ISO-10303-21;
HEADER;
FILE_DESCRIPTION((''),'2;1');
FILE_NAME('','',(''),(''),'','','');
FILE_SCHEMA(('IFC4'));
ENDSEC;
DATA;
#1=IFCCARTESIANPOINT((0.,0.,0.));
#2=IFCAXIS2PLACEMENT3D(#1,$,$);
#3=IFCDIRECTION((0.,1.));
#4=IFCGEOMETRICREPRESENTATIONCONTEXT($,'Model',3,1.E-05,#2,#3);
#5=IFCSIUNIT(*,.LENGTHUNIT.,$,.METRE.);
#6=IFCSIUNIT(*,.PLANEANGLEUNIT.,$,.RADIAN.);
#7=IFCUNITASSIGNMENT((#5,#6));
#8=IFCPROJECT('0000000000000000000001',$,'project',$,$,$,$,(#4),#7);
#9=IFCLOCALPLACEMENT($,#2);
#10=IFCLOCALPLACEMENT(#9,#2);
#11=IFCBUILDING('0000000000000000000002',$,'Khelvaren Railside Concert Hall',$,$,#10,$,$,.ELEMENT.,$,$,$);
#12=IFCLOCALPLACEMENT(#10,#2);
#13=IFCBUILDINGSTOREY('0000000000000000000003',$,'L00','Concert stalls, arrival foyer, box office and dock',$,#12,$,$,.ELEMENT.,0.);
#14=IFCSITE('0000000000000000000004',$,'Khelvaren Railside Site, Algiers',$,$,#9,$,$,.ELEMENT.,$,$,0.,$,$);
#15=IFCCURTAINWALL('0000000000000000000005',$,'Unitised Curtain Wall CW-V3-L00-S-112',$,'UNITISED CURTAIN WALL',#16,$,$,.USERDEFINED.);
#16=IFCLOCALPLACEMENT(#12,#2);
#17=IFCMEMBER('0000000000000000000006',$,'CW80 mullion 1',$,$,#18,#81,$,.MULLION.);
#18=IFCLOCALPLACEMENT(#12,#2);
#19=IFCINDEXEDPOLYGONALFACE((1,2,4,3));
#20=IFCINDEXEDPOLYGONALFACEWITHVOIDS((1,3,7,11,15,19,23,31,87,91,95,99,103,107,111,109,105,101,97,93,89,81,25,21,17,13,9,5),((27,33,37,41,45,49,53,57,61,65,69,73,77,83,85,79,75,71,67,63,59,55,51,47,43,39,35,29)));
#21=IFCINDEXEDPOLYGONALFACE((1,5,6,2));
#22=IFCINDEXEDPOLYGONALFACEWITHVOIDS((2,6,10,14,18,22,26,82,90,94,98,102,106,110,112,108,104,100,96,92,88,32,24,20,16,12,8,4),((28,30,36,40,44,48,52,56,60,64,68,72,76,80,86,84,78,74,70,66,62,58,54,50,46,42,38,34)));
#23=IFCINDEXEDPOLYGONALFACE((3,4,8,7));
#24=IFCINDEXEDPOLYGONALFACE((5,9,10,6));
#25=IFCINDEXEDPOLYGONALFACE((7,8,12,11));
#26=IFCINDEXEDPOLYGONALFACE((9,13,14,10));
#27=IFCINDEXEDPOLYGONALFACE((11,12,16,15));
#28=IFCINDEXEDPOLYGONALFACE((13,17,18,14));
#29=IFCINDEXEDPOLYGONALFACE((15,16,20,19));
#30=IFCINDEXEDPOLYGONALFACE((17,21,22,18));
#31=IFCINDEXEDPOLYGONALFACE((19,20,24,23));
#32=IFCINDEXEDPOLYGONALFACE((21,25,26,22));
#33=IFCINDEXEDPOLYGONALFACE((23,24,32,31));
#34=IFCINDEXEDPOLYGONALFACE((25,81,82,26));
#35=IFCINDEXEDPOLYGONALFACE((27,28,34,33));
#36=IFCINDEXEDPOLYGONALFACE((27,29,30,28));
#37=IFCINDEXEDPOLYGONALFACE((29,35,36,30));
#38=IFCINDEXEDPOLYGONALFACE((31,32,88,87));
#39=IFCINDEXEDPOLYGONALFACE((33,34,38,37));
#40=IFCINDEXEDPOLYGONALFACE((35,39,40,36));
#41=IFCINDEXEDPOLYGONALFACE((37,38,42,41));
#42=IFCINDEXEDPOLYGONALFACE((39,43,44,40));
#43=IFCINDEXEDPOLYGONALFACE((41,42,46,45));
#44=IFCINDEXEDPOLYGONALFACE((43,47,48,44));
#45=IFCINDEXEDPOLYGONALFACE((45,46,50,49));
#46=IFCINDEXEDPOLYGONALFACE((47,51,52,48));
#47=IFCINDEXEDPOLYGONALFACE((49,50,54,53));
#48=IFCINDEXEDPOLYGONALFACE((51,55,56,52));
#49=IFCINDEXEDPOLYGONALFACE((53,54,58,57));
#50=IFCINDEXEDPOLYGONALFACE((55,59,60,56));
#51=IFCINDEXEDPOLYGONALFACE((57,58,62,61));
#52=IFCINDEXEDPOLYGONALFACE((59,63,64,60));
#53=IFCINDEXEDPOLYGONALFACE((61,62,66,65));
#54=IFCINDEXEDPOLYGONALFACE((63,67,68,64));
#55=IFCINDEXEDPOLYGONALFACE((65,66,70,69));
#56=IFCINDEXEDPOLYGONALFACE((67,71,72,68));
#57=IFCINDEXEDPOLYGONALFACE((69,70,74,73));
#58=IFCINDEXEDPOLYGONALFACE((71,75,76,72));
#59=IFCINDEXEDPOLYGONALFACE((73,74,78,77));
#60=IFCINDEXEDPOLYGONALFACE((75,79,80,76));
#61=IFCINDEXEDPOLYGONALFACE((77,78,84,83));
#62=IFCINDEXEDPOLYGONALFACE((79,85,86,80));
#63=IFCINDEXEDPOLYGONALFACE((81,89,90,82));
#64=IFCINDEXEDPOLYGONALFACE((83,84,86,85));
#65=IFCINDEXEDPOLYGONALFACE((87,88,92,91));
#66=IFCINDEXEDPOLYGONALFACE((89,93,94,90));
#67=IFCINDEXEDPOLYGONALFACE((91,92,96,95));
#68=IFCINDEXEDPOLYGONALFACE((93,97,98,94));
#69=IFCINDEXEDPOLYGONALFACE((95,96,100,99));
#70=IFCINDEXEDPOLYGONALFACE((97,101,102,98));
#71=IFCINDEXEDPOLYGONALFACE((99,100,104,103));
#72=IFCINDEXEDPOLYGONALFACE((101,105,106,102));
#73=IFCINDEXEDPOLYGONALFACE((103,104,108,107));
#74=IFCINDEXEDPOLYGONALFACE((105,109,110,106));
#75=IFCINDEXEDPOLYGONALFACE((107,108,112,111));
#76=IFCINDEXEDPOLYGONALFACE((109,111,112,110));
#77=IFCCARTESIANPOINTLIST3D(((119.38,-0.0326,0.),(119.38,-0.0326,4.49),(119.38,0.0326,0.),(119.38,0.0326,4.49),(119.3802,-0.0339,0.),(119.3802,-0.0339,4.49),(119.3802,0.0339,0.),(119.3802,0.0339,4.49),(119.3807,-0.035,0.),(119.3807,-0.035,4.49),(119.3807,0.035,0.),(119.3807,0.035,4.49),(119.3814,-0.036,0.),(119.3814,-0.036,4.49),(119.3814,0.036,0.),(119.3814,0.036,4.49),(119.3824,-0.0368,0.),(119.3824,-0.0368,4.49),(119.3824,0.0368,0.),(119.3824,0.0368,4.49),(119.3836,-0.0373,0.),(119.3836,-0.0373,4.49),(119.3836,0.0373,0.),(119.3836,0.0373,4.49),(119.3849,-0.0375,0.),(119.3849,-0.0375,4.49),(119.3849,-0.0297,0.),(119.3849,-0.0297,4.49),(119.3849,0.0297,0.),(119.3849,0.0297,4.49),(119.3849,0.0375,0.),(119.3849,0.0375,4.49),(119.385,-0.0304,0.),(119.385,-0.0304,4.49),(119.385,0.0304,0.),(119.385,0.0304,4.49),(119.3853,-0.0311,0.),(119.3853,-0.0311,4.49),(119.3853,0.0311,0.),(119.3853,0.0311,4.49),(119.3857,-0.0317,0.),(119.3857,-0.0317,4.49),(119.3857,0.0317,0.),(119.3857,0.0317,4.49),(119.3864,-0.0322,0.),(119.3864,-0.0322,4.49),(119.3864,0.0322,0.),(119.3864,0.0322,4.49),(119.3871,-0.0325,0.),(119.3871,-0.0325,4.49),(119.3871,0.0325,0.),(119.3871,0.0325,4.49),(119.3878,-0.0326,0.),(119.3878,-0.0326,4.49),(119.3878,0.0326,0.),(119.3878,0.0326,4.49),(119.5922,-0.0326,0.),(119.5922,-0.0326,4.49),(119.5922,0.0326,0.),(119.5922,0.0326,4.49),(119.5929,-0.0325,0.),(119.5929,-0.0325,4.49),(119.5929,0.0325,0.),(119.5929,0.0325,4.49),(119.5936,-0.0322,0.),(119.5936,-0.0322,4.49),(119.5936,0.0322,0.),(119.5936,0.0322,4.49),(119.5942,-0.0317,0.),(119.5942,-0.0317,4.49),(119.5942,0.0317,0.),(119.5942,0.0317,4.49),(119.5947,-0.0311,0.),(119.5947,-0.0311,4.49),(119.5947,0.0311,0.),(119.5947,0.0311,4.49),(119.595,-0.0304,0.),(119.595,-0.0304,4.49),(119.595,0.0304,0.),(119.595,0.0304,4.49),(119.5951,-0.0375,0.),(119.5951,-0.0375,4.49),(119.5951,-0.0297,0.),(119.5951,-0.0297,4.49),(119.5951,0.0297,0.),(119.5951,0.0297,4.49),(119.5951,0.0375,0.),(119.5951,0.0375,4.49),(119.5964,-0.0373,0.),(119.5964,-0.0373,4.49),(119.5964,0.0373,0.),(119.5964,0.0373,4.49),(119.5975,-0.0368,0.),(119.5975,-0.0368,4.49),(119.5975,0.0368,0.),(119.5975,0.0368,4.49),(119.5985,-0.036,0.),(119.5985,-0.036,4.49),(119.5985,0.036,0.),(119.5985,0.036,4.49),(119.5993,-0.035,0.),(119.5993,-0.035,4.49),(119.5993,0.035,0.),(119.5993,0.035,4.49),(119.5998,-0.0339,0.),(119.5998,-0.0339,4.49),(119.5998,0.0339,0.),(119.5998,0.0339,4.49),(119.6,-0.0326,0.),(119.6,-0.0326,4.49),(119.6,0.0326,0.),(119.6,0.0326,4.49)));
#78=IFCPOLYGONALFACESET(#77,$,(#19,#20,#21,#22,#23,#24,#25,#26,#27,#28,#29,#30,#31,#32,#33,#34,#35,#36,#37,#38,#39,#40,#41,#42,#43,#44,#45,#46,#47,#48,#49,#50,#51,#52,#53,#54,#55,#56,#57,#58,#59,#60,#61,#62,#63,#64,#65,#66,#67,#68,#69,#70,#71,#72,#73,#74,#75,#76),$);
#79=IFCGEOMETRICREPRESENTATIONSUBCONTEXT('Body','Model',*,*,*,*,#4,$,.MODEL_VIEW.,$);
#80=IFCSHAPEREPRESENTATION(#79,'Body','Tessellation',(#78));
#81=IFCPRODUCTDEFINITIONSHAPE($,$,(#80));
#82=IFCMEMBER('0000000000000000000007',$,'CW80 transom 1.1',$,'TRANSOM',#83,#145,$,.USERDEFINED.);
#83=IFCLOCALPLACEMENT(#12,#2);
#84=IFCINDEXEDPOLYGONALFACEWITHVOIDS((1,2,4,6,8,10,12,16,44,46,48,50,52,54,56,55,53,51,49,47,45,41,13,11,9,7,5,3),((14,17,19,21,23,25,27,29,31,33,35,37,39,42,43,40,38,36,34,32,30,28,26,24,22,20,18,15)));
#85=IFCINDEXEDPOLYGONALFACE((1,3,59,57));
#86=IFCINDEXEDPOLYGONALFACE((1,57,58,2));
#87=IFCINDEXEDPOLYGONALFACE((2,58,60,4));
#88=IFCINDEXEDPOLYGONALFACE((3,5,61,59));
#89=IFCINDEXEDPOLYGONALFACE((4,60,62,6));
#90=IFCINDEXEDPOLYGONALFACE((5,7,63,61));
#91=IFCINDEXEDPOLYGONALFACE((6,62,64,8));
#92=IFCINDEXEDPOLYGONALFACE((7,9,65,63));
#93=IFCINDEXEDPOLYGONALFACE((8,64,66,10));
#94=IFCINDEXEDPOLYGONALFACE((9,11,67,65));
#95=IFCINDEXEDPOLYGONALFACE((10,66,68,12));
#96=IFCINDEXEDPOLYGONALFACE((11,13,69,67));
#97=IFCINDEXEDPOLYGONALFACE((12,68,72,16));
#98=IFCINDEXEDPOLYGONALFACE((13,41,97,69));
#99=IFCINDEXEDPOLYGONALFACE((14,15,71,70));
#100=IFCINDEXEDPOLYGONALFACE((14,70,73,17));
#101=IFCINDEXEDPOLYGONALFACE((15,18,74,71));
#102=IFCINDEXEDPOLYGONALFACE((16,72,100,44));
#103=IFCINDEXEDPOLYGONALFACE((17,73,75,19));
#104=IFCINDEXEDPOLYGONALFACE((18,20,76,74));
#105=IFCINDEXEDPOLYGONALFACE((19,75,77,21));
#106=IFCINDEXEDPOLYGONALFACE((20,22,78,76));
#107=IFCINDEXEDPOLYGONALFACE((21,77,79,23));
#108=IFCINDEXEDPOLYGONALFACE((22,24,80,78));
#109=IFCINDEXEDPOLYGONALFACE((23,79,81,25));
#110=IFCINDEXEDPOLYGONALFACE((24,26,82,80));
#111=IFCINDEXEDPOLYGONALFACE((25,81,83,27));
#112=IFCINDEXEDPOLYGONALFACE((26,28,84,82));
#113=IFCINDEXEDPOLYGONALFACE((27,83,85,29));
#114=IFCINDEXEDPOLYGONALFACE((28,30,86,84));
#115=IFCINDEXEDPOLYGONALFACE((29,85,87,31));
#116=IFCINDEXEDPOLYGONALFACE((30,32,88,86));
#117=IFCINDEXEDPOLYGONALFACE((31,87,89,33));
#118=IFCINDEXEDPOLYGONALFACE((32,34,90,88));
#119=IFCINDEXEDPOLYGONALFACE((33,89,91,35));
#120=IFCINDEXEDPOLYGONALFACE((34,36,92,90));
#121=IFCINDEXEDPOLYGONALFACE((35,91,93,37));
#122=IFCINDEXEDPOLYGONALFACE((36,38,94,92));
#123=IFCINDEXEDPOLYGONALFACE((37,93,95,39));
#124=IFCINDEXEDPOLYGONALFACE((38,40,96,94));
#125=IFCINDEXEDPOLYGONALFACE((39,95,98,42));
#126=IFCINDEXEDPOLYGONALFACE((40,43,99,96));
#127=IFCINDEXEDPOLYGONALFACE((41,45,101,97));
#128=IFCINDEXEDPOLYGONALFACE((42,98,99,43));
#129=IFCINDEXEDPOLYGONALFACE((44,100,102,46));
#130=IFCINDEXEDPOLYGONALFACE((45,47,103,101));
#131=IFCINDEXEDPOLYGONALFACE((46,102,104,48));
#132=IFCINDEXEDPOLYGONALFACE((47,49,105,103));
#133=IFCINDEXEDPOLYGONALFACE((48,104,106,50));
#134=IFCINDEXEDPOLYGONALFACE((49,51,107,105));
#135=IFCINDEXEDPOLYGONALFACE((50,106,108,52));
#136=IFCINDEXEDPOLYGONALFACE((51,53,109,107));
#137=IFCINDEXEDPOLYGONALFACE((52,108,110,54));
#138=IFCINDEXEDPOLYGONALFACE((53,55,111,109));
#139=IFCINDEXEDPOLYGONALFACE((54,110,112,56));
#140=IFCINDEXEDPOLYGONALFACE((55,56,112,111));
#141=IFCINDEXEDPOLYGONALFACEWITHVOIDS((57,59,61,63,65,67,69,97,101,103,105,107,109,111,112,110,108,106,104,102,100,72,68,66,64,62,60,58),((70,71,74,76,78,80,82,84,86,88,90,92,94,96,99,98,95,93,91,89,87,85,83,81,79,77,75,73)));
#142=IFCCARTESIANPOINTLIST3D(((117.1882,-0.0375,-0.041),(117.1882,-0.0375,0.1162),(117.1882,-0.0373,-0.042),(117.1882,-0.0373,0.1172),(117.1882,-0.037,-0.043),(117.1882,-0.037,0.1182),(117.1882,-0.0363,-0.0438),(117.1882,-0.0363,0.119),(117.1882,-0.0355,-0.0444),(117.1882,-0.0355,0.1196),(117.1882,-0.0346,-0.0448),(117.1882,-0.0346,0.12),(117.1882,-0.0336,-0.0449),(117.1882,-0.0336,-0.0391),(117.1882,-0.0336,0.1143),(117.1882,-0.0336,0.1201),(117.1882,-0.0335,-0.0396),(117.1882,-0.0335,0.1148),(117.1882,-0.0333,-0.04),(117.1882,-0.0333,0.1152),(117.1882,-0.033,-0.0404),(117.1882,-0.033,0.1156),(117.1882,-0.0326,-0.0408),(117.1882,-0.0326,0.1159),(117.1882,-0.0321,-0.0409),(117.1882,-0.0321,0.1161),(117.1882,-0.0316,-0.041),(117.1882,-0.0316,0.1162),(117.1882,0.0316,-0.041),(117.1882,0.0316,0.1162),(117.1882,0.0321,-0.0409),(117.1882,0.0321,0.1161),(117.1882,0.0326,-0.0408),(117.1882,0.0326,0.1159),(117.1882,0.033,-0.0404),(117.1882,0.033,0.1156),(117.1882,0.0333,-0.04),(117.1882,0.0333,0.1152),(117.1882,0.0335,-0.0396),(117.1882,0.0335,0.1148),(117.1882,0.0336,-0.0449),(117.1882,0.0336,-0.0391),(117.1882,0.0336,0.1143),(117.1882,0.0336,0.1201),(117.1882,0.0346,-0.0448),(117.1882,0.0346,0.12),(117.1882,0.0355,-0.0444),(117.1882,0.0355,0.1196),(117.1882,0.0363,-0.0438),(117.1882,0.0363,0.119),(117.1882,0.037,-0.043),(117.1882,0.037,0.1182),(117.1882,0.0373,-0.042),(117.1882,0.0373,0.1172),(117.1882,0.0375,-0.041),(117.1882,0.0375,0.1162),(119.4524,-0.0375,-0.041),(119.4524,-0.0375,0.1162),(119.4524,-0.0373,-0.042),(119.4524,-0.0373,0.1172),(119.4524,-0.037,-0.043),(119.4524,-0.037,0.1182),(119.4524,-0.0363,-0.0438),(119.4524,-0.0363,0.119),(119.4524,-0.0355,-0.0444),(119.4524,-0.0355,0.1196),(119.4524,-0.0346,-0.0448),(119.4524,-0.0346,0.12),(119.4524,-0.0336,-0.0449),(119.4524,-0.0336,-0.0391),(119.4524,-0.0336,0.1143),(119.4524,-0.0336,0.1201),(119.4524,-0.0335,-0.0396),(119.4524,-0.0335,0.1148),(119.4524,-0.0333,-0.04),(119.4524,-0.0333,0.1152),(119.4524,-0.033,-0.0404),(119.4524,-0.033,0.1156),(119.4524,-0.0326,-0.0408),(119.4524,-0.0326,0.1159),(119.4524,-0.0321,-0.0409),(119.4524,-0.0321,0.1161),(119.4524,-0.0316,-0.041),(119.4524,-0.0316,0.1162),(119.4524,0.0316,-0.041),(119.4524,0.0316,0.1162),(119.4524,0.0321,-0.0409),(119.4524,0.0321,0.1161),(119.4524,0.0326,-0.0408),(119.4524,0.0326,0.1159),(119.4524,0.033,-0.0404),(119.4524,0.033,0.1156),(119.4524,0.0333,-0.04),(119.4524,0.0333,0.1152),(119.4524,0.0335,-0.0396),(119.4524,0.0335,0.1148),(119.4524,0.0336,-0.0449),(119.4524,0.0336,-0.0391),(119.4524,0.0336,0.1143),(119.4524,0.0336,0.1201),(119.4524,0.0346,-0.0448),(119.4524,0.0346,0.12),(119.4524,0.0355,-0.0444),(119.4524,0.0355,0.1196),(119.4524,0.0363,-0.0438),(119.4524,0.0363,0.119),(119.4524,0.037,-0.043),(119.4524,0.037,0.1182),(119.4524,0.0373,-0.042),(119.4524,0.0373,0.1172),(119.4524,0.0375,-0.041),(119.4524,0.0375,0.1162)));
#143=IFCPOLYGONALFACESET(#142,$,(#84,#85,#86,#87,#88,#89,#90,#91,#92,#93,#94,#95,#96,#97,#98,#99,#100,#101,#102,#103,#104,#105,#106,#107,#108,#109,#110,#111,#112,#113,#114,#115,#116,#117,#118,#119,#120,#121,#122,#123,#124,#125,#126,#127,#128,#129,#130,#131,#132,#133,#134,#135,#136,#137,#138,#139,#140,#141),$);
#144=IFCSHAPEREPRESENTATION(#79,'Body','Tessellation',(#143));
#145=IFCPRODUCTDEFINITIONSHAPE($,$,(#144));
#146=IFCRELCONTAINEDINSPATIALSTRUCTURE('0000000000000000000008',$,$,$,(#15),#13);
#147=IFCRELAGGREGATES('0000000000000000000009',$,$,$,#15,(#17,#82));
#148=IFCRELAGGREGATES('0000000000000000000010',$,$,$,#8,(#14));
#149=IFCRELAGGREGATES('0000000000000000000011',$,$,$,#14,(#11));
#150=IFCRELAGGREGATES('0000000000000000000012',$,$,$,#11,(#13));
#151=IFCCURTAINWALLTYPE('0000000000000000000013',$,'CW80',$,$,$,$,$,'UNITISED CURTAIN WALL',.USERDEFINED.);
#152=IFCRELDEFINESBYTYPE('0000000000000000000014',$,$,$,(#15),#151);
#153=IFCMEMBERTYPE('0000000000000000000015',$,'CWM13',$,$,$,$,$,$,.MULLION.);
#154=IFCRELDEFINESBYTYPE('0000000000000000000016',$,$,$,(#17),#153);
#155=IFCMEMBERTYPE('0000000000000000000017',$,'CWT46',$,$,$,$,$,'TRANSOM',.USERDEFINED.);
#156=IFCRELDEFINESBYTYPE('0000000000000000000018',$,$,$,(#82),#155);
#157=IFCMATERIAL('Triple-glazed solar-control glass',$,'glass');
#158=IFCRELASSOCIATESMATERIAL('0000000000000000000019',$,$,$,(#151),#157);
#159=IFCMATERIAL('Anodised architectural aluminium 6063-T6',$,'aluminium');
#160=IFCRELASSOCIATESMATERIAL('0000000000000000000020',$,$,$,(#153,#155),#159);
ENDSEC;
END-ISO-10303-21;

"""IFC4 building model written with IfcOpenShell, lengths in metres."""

from ifc_helpers import new_model, si_unit, direction, frame, origin, origin_2d, place, context, subcontext, project, spatial, hollow_rectangle, extrude, material, material_profile, profile_set, type_object, element, aggregate, save


model = new_model("IFC4")

# Units and contexts
model_context = context("Model", 3, precision=1e-05, world=origin(), true_north=direction((0.0, 1.0)))
body_context = subcontext(model_context, "Body", "Model", "MODEL_VIEW")
ifc_project = project(units=[si_unit("LENGTHUNIT", "METRE"), si_unit("PLANEANGLEUNIT", "RADIAN")], contexts=[model_context])

# Site, building, storey
site_placement = place(None, origin())
site = spatial("IfcSite", under=ifc_project, at=site_placement, Name="Khelvaren Railside Site, Algiers", CompositionType="ELEMENT", RefElevation=0.0)
building_placement = place(site_placement, origin())
building = spatial("IfcBuilding", under=site, at=building_placement, Name="Khelvaren Railside Concert Hall", CompositionType="ELEMENT")
storey_placement = place(building_placement, origin())
storey = spatial("IfcBuildingStorey", under=building, at=storey_placement, Name="L00", Description="Concert stalls, arrival foyer, box office and dock", CompositionType="ELEMENT", Elevation=0.0)

# Curtain wall, members
ifc_material_1 = material(Name="Triple-glazed solar-control glass", Category="glass")
curtain_wall_type = type_object("IfcCurtainWallType", Name="CW80", ElementType="UNITISED CURTAIN WALL", PredefinedType="USERDEFINED", material=ifc_material_1)
curtain_wall_placement = place(storey_placement, origin())
curtain_wall = element("IfcCurtainWall", 1, at=curtain_wall_placement, inside=storey, type_object=curtain_wall_type, Name="Unitised Curtain Wall CW-V3-L00-S-112", ObjectType="UNITISED CURTAIN WALL", PredefinedType="USERDEFINED")
ifc_material_2 = material(Name="Anodised architectural aluminium 6063-T6", Category="aluminium")
ifc_material_profile_1 = material_profile(ifc_material_2, hollow_rectangle(XDim=0.075, YDim=0.22, WallThickness=0.0049, InnerFilletRadius=0.0029, OuterFilletRadius=0.0049, at=origin_2d()), Name="CWM 75x220x5")
ifc_profile_set_1 = profile_set([ifc_material_profile_1], Name="Anodised architectural aluminium 6063-T6")
member_type_1 = type_object("IfcMemberType", Name="CWM13", PredefinedType="MULLION", material=ifc_profile_set_1)
member_1_placement = place(storey_placement, frame((119.49, 0.0, 0.0), z_axis=(0.0, 0.0, 1.0), x_axis=(0.0, -1.0, 0.0)))
member_1 = element("IfcMember", 2, at=member_1_placement, type_object=member_type_1, Name="CW80 mullion 1", PredefinedType="MULLION", context=body_context, shape_type="SweptSolid", body=[
    extrude(hollow_rectangle(XDim=0.075, YDim=0.22, WallThickness=0.0049, InnerFilletRadius=0.0029, OuterFilletRadius=0.0049, at=origin_2d()), origin(), (0.0, 0.0, 1.0), 4.49),
])
ifc_material_profile_2 = material_profile(ifc_material_2, hollow_rectangle(XDim=0.075, YDim=0.165, WallThickness=0.0039, InnerFilletRadius=0.002, OuterFilletRadius=0.0039, at=origin_2d()), Name="CWT 75x165x4")
ifc_profile_set_2 = profile_set([ifc_material_profile_2], Name="Anodised architectural aluminium 6063-T6")
member_type_2 = type_object("IfcMemberType", Name="CWT46", ElementType="TRANSOM", PredefinedType="USERDEFINED", material=ifc_profile_set_2)
member_2_placement = place(storey_placement, frame((119.4524, 0.0, 0.0376), z_axis=(-1.0, 0.0, 0.0), x_axis=(0.0, -1.0, 0.0)))
member_2 = element("IfcMember", 3, at=member_2_placement, type_object=member_type_2, Name="CW80 transom 1.1", ObjectType="TRANSOM", PredefinedType="USERDEFINED", context=body_context, shape_type="SweptSolid", body=[
    extrude(hollow_rectangle(XDim=0.075, YDim=0.165, WallThickness=0.0039, InnerFilletRadius=0.002, OuterFilletRadius=0.0039, at=origin_2d()), origin(), (0.0, 0.0, 1.0), 2.2642),
])
aggregate(curtain_wall, [member_1, member_2])

save(model, "model.ifc")
